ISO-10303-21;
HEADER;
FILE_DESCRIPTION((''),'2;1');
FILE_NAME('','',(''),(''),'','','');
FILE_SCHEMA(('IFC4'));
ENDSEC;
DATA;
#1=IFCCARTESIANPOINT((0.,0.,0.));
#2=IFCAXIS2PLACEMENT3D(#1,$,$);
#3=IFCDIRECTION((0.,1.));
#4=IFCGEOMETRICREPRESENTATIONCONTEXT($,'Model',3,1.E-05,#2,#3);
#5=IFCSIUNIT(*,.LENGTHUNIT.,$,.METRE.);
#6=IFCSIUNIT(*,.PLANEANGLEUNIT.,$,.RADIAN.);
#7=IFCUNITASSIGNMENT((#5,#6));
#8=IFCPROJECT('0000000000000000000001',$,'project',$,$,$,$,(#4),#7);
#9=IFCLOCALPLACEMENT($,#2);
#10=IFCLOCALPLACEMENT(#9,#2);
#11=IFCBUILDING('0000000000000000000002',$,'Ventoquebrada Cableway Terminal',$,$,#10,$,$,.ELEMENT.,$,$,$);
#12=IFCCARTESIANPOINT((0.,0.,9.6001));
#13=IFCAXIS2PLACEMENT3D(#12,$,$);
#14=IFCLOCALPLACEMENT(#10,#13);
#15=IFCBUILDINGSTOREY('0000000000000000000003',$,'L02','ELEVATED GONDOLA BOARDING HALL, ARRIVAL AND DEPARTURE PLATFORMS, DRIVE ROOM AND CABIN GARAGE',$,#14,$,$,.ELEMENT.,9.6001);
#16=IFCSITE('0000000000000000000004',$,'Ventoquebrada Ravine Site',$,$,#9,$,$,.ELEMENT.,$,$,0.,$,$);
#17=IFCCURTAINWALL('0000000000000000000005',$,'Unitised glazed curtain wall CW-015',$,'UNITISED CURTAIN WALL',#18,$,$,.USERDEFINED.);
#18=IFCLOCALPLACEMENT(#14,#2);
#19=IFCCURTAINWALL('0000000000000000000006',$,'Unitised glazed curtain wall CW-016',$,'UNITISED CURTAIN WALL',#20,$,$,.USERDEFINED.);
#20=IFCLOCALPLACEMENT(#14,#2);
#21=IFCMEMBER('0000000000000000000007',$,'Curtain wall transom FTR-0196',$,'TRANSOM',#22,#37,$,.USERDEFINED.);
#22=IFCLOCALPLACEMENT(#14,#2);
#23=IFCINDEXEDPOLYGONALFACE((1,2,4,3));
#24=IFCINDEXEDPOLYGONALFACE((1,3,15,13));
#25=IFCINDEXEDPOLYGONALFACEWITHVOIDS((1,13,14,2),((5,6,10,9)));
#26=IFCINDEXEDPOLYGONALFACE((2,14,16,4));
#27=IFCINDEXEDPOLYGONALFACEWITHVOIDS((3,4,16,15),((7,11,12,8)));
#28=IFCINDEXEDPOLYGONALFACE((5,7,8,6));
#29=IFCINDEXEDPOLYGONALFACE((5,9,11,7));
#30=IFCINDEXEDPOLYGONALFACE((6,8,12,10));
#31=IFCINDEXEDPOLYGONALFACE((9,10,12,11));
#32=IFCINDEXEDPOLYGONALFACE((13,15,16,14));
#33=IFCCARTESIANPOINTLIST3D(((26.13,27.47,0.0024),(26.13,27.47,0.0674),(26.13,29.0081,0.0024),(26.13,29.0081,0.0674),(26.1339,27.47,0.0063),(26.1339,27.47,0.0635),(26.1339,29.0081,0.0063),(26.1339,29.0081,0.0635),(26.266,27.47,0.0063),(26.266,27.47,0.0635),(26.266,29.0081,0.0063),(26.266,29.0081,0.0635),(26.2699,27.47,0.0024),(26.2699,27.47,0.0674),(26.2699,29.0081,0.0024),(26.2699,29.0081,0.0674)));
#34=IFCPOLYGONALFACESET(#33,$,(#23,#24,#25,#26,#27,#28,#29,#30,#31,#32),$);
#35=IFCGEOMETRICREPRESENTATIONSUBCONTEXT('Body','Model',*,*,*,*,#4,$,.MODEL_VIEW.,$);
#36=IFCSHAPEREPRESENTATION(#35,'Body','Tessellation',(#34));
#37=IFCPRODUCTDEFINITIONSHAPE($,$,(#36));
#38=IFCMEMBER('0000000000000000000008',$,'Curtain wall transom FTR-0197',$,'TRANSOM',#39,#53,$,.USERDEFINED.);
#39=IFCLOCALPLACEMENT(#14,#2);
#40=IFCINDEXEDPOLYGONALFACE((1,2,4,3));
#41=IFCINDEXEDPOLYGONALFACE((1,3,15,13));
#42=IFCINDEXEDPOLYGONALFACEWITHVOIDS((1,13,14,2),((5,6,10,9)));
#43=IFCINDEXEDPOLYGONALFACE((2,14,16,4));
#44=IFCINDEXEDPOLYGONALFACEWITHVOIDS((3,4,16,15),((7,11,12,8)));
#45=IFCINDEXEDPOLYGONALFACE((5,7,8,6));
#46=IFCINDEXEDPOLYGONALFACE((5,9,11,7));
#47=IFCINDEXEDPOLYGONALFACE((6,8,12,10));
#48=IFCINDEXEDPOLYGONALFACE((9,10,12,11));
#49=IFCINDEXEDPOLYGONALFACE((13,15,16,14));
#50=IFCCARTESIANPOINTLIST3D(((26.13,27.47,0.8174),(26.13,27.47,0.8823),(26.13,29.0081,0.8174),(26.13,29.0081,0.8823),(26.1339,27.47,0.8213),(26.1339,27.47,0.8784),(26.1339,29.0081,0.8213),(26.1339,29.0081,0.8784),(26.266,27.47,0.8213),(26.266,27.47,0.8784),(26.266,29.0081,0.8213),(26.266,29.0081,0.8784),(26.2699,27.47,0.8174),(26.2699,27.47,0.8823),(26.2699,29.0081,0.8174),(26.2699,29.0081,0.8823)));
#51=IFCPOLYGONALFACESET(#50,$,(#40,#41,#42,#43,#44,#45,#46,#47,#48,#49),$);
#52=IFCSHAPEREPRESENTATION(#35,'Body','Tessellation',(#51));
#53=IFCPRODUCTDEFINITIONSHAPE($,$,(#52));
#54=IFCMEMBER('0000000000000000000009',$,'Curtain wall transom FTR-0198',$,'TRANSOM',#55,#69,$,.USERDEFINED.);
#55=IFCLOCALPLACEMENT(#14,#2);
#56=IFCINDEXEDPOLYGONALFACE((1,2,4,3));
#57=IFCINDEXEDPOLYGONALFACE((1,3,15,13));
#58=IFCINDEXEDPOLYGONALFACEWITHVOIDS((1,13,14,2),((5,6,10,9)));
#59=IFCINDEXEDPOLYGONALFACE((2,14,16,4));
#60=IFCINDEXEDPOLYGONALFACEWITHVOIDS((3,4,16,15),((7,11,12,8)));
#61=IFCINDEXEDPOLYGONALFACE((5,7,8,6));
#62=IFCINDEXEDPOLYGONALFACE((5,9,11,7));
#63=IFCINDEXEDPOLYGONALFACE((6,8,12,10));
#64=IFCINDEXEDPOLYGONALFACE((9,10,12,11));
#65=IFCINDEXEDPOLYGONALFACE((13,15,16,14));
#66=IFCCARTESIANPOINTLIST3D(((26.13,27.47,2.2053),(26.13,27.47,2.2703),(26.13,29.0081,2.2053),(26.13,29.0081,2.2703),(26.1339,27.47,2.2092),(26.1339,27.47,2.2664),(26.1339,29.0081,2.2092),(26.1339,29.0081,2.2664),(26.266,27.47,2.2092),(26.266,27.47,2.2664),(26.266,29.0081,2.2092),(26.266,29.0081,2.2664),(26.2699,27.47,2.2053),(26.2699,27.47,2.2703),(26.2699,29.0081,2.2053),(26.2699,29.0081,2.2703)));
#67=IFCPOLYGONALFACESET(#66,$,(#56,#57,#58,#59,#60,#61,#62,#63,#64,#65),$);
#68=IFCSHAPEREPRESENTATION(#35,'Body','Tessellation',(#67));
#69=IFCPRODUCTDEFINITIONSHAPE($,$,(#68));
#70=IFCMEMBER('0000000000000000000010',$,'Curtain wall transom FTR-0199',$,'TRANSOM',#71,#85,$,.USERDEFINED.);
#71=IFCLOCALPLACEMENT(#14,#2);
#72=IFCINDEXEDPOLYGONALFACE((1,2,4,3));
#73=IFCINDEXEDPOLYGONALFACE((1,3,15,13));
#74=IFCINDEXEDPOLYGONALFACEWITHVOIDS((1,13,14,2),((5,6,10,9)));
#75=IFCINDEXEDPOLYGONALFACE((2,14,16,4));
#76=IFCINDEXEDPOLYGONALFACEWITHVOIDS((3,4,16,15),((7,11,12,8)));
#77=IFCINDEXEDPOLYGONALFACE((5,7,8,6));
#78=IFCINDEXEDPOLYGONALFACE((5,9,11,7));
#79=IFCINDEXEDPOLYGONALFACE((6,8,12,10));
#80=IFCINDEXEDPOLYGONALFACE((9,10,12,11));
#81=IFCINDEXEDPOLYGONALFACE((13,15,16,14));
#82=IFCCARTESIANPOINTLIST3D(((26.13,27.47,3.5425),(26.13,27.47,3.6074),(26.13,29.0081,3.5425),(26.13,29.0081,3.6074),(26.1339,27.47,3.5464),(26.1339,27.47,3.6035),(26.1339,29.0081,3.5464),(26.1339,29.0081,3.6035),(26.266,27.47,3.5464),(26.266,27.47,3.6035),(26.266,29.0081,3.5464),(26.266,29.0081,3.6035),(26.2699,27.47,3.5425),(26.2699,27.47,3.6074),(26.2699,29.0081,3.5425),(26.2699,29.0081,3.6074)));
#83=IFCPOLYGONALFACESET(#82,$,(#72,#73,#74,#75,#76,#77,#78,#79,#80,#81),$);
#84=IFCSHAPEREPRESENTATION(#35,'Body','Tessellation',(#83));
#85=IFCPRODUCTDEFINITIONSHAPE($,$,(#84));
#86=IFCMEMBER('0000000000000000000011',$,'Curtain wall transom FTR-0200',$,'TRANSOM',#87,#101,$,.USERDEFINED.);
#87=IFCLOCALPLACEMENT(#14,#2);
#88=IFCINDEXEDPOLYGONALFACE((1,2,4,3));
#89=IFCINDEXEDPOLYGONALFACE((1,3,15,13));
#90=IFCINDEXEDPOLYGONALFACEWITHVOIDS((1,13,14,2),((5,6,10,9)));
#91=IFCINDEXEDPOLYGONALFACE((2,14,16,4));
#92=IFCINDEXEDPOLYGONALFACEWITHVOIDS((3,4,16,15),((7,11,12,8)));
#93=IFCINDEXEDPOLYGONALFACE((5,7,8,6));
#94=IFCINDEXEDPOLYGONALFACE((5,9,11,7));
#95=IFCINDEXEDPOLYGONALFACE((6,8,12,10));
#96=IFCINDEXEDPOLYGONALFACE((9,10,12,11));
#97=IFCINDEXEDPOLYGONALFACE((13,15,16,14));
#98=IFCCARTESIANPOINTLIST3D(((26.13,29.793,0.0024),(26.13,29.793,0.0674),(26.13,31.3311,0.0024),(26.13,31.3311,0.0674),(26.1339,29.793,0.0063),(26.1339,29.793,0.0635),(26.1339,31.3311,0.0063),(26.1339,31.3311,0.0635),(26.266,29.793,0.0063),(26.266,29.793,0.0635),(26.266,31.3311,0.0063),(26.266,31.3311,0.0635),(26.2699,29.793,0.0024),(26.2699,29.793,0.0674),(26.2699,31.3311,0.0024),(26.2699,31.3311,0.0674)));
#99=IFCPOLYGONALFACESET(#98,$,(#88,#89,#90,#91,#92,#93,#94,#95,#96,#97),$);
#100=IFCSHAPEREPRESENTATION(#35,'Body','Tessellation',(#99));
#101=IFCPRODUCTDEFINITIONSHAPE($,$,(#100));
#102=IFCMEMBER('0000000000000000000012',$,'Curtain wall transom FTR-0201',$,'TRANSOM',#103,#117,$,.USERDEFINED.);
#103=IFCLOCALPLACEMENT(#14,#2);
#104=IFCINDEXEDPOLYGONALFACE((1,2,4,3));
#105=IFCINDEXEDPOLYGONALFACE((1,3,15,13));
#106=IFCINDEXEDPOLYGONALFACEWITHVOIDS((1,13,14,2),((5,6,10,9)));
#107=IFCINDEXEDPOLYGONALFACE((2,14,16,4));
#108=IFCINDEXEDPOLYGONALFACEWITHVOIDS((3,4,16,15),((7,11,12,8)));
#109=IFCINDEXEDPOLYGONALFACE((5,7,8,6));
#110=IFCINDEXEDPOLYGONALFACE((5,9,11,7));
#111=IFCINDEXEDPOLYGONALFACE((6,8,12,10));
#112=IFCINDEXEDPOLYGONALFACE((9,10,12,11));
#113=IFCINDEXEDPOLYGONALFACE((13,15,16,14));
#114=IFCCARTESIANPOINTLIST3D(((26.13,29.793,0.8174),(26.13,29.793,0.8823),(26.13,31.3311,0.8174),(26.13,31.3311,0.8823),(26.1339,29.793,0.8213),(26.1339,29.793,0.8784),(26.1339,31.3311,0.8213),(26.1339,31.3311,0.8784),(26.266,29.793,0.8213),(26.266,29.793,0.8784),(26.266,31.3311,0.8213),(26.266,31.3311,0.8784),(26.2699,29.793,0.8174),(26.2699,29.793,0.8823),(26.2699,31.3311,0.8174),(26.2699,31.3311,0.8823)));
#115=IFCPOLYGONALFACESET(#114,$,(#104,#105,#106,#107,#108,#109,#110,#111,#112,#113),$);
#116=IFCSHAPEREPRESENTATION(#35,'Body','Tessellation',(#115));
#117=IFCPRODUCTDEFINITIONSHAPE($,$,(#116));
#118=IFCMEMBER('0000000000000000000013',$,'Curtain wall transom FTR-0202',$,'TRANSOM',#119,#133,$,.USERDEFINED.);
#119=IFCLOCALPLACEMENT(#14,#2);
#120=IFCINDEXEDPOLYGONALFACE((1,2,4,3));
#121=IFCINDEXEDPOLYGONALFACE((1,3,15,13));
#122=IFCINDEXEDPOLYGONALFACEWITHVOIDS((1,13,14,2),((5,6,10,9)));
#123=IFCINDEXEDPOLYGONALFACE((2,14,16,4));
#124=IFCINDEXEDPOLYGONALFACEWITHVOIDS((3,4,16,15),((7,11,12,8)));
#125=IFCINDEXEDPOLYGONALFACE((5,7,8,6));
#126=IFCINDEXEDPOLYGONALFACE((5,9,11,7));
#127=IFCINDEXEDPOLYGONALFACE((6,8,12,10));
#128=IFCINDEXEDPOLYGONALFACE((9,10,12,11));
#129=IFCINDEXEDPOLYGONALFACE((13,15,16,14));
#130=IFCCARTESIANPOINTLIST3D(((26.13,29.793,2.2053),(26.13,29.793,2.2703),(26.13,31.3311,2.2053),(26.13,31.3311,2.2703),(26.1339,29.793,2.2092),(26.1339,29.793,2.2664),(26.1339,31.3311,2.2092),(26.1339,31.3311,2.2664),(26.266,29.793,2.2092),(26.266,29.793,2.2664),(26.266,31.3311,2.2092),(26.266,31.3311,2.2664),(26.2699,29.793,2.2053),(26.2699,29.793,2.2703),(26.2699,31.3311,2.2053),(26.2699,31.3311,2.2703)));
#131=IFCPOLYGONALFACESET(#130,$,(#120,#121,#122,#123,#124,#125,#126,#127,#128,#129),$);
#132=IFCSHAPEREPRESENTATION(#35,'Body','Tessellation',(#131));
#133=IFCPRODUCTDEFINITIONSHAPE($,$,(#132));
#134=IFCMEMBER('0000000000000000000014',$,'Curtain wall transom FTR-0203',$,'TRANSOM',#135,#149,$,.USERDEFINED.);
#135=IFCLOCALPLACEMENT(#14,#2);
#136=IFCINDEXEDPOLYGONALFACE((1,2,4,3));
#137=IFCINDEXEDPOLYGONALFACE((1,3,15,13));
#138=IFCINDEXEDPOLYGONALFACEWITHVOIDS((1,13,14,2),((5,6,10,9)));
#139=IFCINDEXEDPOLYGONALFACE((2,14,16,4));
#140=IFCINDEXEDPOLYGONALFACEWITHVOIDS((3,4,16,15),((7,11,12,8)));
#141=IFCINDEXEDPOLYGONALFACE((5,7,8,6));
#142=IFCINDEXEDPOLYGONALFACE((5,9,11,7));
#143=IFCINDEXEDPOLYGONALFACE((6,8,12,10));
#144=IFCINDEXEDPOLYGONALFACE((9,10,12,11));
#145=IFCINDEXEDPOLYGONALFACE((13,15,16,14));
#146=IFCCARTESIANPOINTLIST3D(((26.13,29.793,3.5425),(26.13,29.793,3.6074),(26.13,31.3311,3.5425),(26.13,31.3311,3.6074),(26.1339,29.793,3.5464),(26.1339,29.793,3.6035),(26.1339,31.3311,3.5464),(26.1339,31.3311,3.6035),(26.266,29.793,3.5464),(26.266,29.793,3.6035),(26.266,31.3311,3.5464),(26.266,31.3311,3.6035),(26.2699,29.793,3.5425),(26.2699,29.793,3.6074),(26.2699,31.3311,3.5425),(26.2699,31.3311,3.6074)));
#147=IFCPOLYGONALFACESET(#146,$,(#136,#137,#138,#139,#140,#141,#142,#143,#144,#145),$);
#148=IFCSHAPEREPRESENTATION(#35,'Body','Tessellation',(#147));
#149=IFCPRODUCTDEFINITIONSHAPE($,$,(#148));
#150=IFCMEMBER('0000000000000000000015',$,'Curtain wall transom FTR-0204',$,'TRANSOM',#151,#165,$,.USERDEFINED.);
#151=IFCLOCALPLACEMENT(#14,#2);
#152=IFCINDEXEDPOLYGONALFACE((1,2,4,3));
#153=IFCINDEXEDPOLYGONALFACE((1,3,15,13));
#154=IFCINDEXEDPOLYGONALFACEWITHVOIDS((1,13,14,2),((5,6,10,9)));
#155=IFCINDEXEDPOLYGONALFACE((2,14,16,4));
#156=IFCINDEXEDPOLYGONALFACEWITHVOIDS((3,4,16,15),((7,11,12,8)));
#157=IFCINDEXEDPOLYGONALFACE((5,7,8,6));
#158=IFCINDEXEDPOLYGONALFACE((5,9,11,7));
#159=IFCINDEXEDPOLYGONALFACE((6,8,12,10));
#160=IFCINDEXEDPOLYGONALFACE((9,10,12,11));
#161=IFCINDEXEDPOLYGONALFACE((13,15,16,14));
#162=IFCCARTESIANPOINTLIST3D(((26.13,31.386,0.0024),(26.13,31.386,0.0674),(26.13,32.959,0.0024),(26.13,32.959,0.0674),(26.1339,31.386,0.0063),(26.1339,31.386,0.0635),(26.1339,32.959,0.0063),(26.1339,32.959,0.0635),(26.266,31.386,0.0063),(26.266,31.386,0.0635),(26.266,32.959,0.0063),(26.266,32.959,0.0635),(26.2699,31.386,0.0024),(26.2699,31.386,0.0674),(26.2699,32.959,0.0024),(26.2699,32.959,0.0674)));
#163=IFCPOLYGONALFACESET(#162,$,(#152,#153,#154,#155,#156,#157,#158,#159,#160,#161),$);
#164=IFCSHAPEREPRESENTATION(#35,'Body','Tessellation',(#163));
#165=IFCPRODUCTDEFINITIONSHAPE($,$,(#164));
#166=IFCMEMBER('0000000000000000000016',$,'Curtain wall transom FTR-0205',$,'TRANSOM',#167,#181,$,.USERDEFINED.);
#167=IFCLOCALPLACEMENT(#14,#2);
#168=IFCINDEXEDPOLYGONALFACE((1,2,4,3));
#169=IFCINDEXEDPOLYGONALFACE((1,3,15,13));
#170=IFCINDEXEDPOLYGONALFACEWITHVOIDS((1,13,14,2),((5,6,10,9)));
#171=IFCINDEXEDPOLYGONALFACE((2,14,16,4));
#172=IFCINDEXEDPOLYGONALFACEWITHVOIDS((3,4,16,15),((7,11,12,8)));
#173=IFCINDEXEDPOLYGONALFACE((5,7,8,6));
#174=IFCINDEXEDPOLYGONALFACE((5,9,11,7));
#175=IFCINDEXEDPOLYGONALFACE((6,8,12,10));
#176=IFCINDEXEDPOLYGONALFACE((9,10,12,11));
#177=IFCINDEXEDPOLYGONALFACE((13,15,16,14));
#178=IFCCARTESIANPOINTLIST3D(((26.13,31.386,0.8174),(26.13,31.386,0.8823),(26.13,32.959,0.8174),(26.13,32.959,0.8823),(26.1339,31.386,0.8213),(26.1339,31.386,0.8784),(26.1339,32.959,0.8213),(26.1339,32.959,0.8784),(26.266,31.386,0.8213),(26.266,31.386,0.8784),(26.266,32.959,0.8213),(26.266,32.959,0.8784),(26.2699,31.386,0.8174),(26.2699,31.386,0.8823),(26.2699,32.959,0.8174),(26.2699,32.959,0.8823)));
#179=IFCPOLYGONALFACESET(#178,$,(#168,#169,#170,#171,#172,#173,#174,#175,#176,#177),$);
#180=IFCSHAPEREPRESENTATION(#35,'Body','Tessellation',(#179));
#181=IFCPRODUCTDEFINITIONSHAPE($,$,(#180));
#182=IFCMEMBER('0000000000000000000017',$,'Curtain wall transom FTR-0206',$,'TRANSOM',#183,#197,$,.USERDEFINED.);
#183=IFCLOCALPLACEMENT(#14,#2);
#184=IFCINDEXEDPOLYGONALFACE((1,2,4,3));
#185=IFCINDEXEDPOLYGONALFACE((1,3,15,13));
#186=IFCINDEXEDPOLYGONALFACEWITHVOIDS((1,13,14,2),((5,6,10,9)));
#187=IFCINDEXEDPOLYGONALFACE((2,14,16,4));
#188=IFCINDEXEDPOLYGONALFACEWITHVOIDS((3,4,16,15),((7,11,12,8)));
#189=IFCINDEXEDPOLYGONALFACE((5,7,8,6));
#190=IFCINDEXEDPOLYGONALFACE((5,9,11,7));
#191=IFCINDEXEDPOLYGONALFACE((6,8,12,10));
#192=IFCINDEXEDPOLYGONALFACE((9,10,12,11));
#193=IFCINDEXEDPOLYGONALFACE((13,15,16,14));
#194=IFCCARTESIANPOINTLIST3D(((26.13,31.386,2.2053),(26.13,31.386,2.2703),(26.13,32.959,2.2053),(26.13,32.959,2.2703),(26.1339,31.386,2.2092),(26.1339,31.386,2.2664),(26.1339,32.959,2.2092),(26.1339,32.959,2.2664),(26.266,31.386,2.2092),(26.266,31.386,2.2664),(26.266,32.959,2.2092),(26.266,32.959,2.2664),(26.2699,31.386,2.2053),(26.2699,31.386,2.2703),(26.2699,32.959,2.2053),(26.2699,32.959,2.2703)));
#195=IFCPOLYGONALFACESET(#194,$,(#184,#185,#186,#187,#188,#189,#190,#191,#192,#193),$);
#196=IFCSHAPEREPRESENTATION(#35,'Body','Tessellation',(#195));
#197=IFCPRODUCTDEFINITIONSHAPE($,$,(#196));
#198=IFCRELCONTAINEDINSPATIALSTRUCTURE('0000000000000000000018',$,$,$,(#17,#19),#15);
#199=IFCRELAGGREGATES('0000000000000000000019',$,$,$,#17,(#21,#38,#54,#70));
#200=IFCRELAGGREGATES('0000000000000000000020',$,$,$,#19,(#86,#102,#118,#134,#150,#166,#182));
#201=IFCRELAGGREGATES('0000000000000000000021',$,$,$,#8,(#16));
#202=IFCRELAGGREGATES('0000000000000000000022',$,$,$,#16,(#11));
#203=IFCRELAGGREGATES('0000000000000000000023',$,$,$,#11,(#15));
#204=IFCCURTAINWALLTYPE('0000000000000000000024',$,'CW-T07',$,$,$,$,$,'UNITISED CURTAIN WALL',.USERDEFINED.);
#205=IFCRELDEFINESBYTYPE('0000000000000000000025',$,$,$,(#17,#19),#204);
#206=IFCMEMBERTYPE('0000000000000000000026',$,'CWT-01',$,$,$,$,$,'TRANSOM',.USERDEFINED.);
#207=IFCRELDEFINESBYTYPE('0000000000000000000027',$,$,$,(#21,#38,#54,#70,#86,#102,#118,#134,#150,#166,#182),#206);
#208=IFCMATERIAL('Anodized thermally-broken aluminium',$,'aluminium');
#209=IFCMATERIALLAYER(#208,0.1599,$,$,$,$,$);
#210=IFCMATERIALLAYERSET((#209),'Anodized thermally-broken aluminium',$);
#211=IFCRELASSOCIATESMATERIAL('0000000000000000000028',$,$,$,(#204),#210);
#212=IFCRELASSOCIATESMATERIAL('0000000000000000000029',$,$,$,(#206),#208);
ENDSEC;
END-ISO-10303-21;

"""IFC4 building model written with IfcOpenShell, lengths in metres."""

from ifc_helpers import new_model, si_unit, direction, frame, origin, origin_2d, place, context, subcontext, project, spatial, hollow_rectangle, extrude, material, layer, layer_set, material_profile, profile_set, type_object, element, aggregate, save


model = new_model("IFC4")

# Units and contexts
model_context = context("Model", 3, precision=1e-05, world=origin(), true_north=direction((0.0, 1.0)))
body_context = subcontext(model_context, "Body", "Model", "MODEL_VIEW")
ifc_project = project(units=[si_unit("LENGTHUNIT", "METRE"), si_unit("PLANEANGLEUNIT", "RADIAN")], contexts=[model_context])

# Site, building, storey
site_placement = place(None, origin())
site = spatial("IfcSite", under=ifc_project, at=site_placement, Name="Ventoquebrada Ravine Site", CompositionType="ELEMENT", RefElevation=0.0)
building_placement = place(site_placement, origin())
building = spatial("IfcBuilding", under=site, at=building_placement, Name="Ventoquebrada Cableway Terminal", CompositionType="ELEMENT")
storey_placement = place(building_placement, frame((0.0, 0.0, 9.6001)))
storey = spatial("IfcBuildingStorey", under=building, at=storey_placement, Name="L02", Description="ELEVATED GONDOLA BOARDING HALL, ARRIVAL AND DEPARTURE PLATFORMS, DRIVE ROOM AND CABIN GARAGE", CompositionType="ELEMENT", Elevation=9.6001)

# Curtain walls
ifc_material_1 = material(Name="Anodized thermally-broken aluminium", Category="aluminium")
ifc_layer_1 = layer(ifc_material_1, 0.1599)
ifc_layer_set_1 = layer_set([ifc_layer_1], Name="Anodized thermally-broken aluminium")
curtain_wall_type = type_object("IfcCurtainWallType", Name="CW-T07", ElementType="UNITISED CURTAIN WALL", PredefinedType="USERDEFINED", material=ifc_layer_set_1)
curtain_wall_1_placement = place(storey_placement, origin())
curtain_wall_1 = element("IfcCurtainWall", 1, at=curtain_wall_1_placement, inside=storey, type_object=curtain_wall_type, Name="Unitised glazed curtain wall CW-015", ObjectType="UNITISED CURTAIN WALL", PredefinedType="USERDEFINED")
curtain_wall_2_placement = place(storey_placement, origin())
curtain_wall_2 = element("IfcCurtainWall", 2, at=curtain_wall_2_placement, inside=storey, type_object=curtain_wall_type, Name="Unitised glazed curtain wall CW-016", ObjectType="UNITISED CURTAIN WALL", PredefinedType="USERDEFINED")

# Members
ifc_material_profile_1 = material_profile(ifc_material_1, hollow_rectangle(XDim=0.0649, YDim=0.1399, WallThickness=0.0039, at=origin_2d()), Name="CW-TRN-65X140")
ifc_profile_set_1 = profile_set([ifc_material_profile_1], Name="Anodized thermally-broken aluminium")
member_type_1 = type_object("IfcMemberType", Name="CWT-01", ElementType="TRANSOM", PredefinedType="USERDEFINED", material=ifc_profile_set_1)
member_1_placement = place(storey_placement, frame((26.2, 27.47, 0.0349), z_axis=(0.0, 1.0, 0.0), x_axis=(0.0, 0.0, 1.0)))
member_1 = element("IfcMember", 3, at=member_1_placement, type_object=member_type_1, Name="Curtain wall transom FTR-0196", ObjectType="TRANSOM", PredefinedType="USERDEFINED", context=body_context, shape_type="SweptSolid", body=[
    extrude(hollow_rectangle(XDim=0.0649, YDim=0.1399, WallThickness=0.0039, at=origin_2d()), origin(), (0.0, 0.0, 1.0), 1.5381),
])
member_2_placement = place(storey_placement, frame((26.2, 27.47, 0.8499), z_axis=(0.0, 1.0, 0.0), x_axis=(0.0, 0.0, 1.0)))
member_2 = element("IfcMember", 4, at=member_2_placement, type_object=member_type_1, Name="Curtain wall transom FTR-0197", ObjectType="TRANSOM", PredefinedType="USERDEFINED", context=body_context, shape_type="SweptSolid", body=[
    extrude(hollow_rectangle(XDim=0.0649, YDim=0.1399, WallThickness=0.0039, at=origin_2d()), origin(), (0.0, 0.0, 1.0), 1.5381),
])
member_3_placement = place(storey_placement, frame((26.2, 27.47, 2.2378), z_axis=(0.0, 1.0, 0.0), x_axis=(0.0, 0.0, 1.0)))
member_3 = element("IfcMember", 5, at=member_3_placement, type_object=member_type_1, Name="Curtain wall transom FTR-0198", ObjectType="TRANSOM", PredefinedType="USERDEFINED", context=body_context, shape_type="SweptSolid", body=[
    extrude(hollow_rectangle(XDim=0.0649, YDim=0.1399, WallThickness=0.0039, at=origin_2d()), origin(), (0.0, 0.0, 1.0), 1.5381),
])
member_4_placement = place(storey_placement, frame((26.2, 27.47, 3.575), z_axis=(0.0, 1.0, 0.0), x_axis=(0.0, 0.0, 1.0)))
member_4 = element("IfcMember", 6, at=member_4_placement, type_object=member_type_1, Name="Curtain wall transom FTR-0199", ObjectType="TRANSOM", PredefinedType="USERDEFINED", context=body_context, shape_type="SweptSolid", body=[
    extrude(hollow_rectangle(XDim=0.0649, YDim=0.1399, WallThickness=0.0039, at=origin_2d()), origin(), (0.0, 0.0, 1.0), 1.5381),
])
member_5_placement = place(storey_placement, frame((26.2, 29.793, 0.0349), z_axis=(0.0, 1.0, 0.0), x_axis=(0.0, 0.0, 1.0)))
member_5 = element("IfcMember", 7, at=member_5_placement, type_object=member_type_1, Name="Curtain wall transom FTR-0200", ObjectType="TRANSOM", PredefinedType="USERDEFINED", context=body_context, shape_type="SweptSolid", body=[
    extrude(hollow_rectangle(XDim=0.0649, YDim=0.1399, WallThickness=0.0039, at=origin_2d()), origin(), (0.0, 0.0, 1.0), 1.5381),
])
member_6_placement = place(storey_placement, frame((26.2, 29.793, 0.8499), z_axis=(0.0, 1.0, 0.0), x_axis=(0.0, 0.0, 1.0)))
member_6 = element("IfcMember", 8, at=member_6_placement, type_object=member_type_1, Name="Curtain wall transom FTR-0201", ObjectType="TRANSOM", PredefinedType="USERDEFINED", context=body_context, shape_type="SweptSolid", body=[
    extrude(hollow_rectangle(XDim=0.0649, YDim=0.1399, WallThickness=0.0039, at=origin_2d()), origin(), (0.0, 0.0, 1.0), 1.5381),
])
member_7_placement = place(storey_placement, frame((26.2, 29.793, 2.2378), z_axis=(0.0, 1.0, 0.0), x_axis=(0.0, 0.0, 1.0)))
member_7 = element("IfcMember", 9, at=member_7_placement, type_object=member_type_1, Name="Curtain wall transom FTR-0202", ObjectType="TRANSOM", PredefinedType="USERDEFINED", context=body_context, shape_type="SweptSolid", body=[
    extrude(hollow_rectangle(XDim=0.0649, YDim=0.1399, WallThickness=0.0039, at=origin_2d()), origin(), (0.0, 0.0, 1.0), 1.5381),
])
member_8_placement = place(storey_placement, frame((26.2, 29.793, 3.575), z_axis=(0.0, 1.0, 0.0), x_axis=(0.0, 0.0, 1.0)))
member_8 = element("IfcMember", 10, at=member_8_placement, type_object=member_type_1, Name="Curtain wall transom FTR-0203", ObjectType="TRANSOM", PredefinedType="USERDEFINED", context=body_context, shape_type="SweptSolid", body=[
    extrude(hollow_rectangle(XDim=0.0649, YDim=0.1399, WallThickness=0.0039, at=origin_2d()), origin(), (0.0, 0.0, 1.0), 1.5381),
])
member_9_placement = place(storey_placement, frame((26.2, 31.386, 0.0349), z_axis=(0.0, 1.0, 0.0), x_axis=(0.0, 0.0, 1.0)))
member_9 = element("IfcMember", 11, at=member_9_placement, type_object=member_type_1, Name="Curtain wall transom FTR-0204", ObjectType="TRANSOM", PredefinedType="USERDEFINED", context=body_context, shape_type="SweptSolid", body=[
    extrude(hollow_rectangle(XDim=0.0649, YDim=0.1399, WallThickness=0.0039, at=origin_2d()), origin(), (0.0, 0.0, 1.0), 1.573),
])
member_10_placement = place(storey_placement, frame((26.2, 31.386, 0.8499), z_axis=(0.0, 1.0, 0.0), x_axis=(0.0, 0.0, 1.0)))
member_10 = element("IfcMember", 12, at=member_10_placement, type_object=member_type_1, Name="Curtain wall transom FTR-0205", ObjectType="TRANSOM", PredefinedType="USERDEFINED", context=body_context, shape_type="SweptSolid", body=[
    extrude(hollow_rectangle(XDim=0.0649, YDim=0.1399, WallThickness=0.0039, at=origin_2d()), origin(), (0.0, 0.0, 1.0), 1.573),
])
member_11_placement = place(storey_placement, frame((26.2, 31.386, 2.2378), z_axis=(0.0, 1.0, 0.0), x_axis=(0.0, 0.0, 1.0)))
member_11 = element("IfcMember", 13, at=member_11_placement, type_object=member_type_1, Name="Curtain wall transom FTR-0206", ObjectType="TRANSOM", PredefinedType="USERDEFINED", context=body_context, shape_type="SweptSolid", body=[
    extrude(hollow_rectangle(XDim=0.0649, YDim=0.1399, WallThickness=0.0039, at=origin_2d()), origin(), (0.0, 0.0, 1.0), 1.573),
])

aggregate(curtain_wall_1, [member_1, member_2, member_3, member_4])
aggregate(curtain_wall_2, [member_5, member_6, member_7, member_8, member_9, member_10, member_11])

save(model, "model.ifc")
